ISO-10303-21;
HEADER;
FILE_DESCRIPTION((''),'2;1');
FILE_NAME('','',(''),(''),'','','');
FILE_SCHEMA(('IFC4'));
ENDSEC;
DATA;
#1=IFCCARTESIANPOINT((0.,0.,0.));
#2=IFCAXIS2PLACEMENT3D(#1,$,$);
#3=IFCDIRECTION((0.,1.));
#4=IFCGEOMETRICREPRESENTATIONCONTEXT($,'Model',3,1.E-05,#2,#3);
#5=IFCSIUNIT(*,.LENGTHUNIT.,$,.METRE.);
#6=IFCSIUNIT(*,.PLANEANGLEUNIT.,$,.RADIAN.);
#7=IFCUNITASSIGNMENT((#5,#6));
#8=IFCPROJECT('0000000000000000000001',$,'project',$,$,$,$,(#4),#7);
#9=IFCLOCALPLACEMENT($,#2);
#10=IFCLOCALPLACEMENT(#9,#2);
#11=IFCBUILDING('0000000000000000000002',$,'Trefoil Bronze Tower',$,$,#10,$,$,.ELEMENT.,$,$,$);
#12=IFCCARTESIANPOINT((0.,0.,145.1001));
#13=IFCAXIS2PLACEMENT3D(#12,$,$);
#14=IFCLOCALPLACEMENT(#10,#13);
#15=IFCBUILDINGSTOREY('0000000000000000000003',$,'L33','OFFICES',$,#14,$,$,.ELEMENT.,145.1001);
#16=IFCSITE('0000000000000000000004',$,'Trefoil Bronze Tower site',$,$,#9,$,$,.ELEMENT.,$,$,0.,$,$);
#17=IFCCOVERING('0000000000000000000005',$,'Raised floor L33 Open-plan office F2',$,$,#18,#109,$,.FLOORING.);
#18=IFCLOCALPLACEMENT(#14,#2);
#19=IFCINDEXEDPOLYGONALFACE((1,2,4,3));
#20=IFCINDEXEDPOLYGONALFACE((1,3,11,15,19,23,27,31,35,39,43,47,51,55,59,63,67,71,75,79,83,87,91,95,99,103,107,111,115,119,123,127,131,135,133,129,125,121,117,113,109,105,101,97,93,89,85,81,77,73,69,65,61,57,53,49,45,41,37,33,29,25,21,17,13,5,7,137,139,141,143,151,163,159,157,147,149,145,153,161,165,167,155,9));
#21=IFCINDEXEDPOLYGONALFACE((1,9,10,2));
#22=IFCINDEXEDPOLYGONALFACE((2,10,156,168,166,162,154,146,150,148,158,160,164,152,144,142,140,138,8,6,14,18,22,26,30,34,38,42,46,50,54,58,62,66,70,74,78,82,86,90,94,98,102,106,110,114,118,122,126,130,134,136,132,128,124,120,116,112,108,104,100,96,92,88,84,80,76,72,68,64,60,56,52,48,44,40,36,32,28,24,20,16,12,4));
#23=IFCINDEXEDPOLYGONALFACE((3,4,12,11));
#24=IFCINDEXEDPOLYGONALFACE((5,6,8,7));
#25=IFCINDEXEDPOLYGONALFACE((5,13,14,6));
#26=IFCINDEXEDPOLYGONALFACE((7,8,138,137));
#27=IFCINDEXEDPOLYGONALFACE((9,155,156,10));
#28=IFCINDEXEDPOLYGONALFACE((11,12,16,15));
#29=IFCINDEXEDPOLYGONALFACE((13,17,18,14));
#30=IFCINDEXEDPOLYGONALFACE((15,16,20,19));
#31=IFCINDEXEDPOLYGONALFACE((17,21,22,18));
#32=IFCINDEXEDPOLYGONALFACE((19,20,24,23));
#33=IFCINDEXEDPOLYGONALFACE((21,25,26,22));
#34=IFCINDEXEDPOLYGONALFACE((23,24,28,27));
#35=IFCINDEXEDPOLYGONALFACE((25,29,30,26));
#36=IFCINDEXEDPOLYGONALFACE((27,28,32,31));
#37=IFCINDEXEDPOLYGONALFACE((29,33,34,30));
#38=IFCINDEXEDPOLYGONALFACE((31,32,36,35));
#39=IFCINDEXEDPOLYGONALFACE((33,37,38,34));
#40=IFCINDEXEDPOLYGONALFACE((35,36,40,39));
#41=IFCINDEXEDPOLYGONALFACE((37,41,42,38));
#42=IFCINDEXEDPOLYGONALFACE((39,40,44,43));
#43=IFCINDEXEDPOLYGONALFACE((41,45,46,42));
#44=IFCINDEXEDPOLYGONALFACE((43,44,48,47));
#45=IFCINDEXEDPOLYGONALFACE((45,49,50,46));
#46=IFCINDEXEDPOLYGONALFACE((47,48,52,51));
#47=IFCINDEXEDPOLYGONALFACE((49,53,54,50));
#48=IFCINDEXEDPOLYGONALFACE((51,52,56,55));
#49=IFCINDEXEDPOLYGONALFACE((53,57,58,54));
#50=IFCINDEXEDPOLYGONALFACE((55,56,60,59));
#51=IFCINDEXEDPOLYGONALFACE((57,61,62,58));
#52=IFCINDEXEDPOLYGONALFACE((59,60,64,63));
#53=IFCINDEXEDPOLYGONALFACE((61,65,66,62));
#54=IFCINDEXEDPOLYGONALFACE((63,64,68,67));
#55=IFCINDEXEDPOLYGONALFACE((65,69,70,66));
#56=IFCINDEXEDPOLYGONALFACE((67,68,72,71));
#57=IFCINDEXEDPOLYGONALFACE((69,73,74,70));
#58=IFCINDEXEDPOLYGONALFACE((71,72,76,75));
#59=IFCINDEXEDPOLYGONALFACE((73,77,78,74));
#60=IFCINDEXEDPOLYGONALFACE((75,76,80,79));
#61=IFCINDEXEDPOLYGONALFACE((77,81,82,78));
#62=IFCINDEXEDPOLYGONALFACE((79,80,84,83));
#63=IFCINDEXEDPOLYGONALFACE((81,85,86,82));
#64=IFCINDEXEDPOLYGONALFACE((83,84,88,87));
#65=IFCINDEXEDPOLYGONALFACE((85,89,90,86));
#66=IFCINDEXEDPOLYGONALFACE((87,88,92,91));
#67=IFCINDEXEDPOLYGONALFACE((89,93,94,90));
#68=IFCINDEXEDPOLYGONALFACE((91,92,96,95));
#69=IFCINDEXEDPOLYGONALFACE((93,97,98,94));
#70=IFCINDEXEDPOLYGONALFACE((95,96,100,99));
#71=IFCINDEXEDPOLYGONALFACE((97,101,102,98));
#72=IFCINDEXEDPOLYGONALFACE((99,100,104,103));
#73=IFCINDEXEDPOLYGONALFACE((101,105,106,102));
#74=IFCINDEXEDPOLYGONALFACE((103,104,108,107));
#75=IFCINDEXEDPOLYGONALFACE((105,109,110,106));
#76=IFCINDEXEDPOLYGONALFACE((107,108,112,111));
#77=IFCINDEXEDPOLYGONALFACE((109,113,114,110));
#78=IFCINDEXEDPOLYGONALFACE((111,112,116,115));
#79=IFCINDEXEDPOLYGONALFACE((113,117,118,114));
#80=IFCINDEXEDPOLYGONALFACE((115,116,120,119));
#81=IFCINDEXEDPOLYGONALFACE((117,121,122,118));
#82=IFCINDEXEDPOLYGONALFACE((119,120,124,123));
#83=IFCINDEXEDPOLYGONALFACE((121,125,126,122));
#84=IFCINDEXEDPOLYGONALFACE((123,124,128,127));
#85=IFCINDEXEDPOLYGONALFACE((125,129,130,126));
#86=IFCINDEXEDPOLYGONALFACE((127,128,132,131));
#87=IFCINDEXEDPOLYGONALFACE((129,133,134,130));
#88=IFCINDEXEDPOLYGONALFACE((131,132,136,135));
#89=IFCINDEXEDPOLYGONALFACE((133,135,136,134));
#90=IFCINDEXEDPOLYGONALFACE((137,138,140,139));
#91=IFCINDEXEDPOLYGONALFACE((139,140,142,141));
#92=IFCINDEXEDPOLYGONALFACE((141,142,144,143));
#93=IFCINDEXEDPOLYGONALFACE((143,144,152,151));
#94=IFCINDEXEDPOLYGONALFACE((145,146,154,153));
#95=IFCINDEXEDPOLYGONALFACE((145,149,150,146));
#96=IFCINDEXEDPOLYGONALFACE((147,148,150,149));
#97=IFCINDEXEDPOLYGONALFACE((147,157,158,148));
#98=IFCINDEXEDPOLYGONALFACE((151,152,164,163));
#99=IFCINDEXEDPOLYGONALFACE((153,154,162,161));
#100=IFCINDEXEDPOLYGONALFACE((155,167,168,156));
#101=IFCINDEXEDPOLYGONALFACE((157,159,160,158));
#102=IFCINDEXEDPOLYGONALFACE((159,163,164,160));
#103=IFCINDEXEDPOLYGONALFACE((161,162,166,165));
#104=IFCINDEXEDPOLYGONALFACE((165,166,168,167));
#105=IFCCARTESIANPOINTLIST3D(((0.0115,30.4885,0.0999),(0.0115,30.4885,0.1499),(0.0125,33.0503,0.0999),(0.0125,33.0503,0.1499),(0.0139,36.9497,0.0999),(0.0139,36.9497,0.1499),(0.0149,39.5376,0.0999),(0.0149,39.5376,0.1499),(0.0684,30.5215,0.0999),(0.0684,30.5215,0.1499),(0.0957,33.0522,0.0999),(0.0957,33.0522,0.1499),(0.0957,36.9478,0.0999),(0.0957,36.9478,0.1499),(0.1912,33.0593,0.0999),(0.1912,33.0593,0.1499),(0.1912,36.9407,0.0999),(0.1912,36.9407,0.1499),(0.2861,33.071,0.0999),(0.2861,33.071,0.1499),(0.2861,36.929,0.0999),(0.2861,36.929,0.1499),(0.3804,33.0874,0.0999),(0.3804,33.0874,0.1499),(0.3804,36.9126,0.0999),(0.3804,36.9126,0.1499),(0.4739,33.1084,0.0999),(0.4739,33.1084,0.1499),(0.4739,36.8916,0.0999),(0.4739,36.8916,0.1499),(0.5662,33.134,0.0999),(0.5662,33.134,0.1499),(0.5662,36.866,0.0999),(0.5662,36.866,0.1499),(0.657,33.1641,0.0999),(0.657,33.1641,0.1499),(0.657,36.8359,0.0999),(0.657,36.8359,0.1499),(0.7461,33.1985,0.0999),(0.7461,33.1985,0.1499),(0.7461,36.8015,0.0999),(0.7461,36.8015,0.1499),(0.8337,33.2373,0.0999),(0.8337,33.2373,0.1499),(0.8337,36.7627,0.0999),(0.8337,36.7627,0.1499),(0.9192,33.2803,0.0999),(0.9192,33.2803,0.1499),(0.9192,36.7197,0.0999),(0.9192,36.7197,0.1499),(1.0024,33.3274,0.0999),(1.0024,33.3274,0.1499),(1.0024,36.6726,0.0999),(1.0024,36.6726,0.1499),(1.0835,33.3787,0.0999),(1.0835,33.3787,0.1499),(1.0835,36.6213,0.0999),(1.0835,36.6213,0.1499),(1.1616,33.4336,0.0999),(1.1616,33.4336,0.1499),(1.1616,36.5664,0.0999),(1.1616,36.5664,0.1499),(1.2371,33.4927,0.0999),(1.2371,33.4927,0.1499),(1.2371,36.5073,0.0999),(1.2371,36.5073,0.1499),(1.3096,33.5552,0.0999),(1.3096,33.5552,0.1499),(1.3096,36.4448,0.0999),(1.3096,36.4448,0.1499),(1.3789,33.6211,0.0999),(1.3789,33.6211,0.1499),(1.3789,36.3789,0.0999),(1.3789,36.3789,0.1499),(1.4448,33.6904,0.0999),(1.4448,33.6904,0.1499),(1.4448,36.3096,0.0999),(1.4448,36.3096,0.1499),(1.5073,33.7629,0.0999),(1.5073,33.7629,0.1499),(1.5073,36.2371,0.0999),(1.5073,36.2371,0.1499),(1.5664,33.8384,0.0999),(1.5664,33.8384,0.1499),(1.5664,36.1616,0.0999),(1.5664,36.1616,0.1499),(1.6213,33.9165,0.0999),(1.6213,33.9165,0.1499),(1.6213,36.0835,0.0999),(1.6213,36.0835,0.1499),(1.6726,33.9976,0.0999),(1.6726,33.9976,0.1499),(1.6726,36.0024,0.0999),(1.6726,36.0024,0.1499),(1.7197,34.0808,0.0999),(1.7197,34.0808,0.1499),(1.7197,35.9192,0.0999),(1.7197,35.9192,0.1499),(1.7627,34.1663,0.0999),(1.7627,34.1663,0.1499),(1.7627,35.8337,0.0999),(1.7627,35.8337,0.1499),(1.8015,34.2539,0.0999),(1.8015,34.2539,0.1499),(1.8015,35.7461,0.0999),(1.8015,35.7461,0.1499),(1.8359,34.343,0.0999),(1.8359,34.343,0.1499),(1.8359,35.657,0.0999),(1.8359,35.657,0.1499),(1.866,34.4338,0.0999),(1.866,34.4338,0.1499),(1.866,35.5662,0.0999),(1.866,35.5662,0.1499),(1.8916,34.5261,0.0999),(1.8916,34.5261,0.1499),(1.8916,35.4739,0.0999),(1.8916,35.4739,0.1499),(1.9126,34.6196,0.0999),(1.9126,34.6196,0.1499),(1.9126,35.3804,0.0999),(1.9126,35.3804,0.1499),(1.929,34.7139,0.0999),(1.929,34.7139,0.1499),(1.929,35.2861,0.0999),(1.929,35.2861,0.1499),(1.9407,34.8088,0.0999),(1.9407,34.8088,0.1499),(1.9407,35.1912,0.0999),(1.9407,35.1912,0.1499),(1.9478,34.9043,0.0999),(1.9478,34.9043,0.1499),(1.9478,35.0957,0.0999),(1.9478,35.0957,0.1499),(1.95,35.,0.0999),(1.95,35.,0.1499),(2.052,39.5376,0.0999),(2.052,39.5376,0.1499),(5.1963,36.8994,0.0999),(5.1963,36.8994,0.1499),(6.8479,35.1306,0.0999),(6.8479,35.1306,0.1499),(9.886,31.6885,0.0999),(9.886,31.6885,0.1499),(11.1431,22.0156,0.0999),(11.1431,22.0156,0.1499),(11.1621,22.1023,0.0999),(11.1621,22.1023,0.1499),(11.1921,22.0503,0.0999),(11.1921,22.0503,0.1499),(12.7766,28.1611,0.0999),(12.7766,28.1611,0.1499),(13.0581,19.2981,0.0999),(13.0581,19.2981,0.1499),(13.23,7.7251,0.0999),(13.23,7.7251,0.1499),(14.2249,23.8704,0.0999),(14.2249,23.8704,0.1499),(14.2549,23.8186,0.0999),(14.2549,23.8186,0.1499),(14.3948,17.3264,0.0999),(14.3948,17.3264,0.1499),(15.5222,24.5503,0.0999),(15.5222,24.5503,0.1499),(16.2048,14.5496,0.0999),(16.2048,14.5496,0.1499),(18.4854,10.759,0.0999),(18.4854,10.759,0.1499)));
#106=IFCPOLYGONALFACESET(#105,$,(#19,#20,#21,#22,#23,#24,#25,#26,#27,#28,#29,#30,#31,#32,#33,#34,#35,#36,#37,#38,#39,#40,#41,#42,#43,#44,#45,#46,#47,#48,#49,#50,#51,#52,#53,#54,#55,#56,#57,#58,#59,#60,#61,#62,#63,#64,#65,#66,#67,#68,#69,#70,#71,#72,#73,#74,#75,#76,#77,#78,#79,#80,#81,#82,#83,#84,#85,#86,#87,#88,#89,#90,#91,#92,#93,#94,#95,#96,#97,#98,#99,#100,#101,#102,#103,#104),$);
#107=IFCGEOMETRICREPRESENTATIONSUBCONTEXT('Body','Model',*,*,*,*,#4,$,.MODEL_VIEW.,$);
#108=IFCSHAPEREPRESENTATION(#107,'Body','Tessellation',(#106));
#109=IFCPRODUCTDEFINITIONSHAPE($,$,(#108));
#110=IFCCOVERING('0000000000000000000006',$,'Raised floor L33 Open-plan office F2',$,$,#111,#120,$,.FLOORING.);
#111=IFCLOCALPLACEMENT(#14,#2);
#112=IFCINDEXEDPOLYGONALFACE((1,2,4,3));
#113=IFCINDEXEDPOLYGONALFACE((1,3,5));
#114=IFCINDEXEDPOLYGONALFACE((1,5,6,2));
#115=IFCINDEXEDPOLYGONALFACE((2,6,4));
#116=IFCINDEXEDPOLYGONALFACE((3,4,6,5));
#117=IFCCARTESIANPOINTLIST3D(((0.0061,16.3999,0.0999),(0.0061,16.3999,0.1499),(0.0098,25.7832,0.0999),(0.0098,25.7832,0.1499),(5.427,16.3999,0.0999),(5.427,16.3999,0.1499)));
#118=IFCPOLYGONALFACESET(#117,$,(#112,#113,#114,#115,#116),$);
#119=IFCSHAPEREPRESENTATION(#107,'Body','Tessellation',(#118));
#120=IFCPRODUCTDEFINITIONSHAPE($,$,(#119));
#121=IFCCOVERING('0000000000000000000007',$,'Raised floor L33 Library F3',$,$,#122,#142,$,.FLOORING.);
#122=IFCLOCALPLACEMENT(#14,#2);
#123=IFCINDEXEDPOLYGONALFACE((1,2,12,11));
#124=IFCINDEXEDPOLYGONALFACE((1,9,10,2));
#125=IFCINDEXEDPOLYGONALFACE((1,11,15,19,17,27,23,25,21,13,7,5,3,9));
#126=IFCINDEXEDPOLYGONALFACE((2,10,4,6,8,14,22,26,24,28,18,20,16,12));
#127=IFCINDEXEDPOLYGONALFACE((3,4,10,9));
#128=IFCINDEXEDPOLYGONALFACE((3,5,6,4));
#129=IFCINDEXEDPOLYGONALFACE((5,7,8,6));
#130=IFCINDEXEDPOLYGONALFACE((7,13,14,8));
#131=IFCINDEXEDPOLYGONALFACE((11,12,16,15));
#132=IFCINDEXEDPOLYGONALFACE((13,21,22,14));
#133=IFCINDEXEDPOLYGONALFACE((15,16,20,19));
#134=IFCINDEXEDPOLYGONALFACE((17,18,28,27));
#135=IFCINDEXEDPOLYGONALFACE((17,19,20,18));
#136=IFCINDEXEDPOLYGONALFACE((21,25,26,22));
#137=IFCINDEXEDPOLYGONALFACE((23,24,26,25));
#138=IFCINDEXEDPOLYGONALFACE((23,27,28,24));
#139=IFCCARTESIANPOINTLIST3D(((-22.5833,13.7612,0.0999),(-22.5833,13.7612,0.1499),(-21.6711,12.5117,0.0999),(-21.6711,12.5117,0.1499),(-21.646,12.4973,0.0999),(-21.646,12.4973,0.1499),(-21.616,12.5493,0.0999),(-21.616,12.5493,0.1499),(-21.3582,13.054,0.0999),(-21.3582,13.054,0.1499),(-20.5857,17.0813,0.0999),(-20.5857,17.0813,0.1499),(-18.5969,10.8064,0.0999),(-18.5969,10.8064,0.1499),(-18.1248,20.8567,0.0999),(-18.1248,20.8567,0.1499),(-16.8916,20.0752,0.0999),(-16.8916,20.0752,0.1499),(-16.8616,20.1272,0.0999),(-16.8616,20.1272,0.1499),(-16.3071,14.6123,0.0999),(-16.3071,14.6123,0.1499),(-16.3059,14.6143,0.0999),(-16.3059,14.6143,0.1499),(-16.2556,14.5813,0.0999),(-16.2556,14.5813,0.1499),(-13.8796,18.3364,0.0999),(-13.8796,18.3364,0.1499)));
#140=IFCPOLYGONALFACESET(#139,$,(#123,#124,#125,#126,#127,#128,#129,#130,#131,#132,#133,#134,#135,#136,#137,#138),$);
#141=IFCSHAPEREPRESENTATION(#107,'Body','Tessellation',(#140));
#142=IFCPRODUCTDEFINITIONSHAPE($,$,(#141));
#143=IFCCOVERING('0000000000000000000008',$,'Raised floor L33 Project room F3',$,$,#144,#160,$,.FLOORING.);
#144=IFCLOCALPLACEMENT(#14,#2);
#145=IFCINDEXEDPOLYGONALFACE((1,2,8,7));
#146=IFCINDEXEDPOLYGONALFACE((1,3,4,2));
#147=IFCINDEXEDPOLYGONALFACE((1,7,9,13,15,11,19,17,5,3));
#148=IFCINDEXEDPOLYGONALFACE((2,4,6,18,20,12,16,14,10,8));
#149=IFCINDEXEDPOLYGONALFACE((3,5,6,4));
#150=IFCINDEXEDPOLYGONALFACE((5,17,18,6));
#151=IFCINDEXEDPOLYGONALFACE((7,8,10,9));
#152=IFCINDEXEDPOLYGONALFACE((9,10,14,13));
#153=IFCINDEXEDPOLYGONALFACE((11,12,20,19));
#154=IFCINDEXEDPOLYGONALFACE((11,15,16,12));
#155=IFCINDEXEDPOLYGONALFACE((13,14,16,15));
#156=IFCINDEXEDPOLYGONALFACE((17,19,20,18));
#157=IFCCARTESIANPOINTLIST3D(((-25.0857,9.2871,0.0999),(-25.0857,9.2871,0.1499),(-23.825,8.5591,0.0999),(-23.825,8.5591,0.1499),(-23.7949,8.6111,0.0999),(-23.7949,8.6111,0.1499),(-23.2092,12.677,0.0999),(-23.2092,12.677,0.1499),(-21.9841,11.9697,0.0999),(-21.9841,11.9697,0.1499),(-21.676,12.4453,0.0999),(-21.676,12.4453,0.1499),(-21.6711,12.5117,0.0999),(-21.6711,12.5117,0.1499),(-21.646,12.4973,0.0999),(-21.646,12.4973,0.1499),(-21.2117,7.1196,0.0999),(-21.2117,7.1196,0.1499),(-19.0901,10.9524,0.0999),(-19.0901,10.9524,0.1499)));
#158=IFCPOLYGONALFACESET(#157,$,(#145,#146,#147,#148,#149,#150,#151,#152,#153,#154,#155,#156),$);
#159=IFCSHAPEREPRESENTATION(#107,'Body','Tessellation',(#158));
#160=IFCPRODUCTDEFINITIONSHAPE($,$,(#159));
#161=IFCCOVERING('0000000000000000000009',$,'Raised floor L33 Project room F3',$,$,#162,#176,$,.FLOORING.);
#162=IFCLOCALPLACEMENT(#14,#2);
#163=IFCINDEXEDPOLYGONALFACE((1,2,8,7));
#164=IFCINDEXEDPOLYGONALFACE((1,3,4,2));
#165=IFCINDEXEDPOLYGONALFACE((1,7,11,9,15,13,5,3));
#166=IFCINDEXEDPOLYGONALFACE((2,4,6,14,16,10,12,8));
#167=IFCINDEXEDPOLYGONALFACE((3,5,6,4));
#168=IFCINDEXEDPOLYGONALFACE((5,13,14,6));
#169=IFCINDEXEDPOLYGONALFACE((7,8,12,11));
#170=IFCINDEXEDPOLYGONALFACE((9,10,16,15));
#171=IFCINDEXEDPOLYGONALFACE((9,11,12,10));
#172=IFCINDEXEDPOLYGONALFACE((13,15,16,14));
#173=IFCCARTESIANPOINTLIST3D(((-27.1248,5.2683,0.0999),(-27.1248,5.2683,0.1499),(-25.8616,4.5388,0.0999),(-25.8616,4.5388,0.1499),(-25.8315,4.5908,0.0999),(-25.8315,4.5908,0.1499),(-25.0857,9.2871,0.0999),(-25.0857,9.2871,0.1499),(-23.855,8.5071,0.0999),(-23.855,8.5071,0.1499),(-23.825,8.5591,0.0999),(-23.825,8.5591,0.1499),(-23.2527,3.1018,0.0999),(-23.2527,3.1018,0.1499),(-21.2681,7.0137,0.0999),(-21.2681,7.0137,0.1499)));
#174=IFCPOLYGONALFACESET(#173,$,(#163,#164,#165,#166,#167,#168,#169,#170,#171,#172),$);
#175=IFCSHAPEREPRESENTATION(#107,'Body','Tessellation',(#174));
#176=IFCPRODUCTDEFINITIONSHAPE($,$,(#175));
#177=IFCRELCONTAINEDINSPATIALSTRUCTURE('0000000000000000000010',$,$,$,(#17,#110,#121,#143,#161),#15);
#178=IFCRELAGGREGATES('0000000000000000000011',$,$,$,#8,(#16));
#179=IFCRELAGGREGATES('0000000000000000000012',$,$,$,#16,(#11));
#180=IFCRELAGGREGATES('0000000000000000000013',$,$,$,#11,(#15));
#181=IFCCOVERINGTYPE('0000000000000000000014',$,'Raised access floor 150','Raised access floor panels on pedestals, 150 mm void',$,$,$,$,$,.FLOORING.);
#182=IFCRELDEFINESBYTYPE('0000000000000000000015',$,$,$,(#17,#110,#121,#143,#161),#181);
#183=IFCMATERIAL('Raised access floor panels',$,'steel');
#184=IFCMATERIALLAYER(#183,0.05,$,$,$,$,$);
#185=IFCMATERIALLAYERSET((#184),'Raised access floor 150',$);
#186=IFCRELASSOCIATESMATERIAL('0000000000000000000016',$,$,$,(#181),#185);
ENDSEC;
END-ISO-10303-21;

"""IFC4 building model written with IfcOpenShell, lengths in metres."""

from ifc_helpers import new_model, si_unit, direction, frame, origin, place, context, subcontext, project, spatial, polyline, outline, extrude, material, layer, layer_set, type_object, element, save


model = new_model("IFC4")

# Units and contexts
model_context = context("Model", 3, precision=1e-05, world=origin(), true_north=direction((0.0, 1.0)))
body_context = subcontext(model_context, "Body", "Model", "MODEL_VIEW")
ifc_project = project(units=[si_unit("LENGTHUNIT", "METRE"), si_unit("PLANEANGLEUNIT", "RADIAN")], contexts=[model_context])

# Site, building, storey
site_placement = place(None, origin())
site = spatial("IfcSite", under=ifc_project, at=site_placement, Name="Trefoil Bronze Tower site", CompositionType="ELEMENT", RefElevation=0.0)
building_placement = place(site_placement, origin())
building = spatial("IfcBuilding", under=site, at=building_placement, Name="Trefoil Bronze Tower", CompositionType="ELEMENT")
storey_placement = place(building_placement, frame((0.0, 0.0, 145.1001)))
storey = spatial("IfcBuildingStorey", under=building, at=storey_placement, Name="L33", Description="OFFICES", CompositionType="ELEMENT", Elevation=145.1001)

# Coverings
ifc_material_1 = material(Name="Raised access floor panels", Category="steel")
ifc_layer_1 = layer(ifc_material_1, 0.05)
ifc_layer_set_1 = layer_set([ifc_layer_1], Name="Raised access floor 150")
covering_type_1 = type_object("IfcCoveringType", Name="Raised access floor 150", Description="Raised access floor panels on pedestals, 150 mm void", PredefinedType="FLOORING", material=ifc_layer_set_1)
covering_1_placement = place(storey_placement, frame((0.0, 0.0, 0.0999)))
element("IfcCovering", 1, at=covering_1_placement, inside=storey, type_object=covering_type_1, Name="Raised floor L33 Open-plan office F2", PredefinedType="FLOORING", context=body_context, shape_type="SweptSolid", body=[
    extrude(outline(polyline([(5.1963, 36.8994), (6.8479, 35.1306), (9.886, 31.6885), (12.7766, 28.1611), (15.5222, 24.5503), (14.2549, 23.8186), (14.2249, 23.8704), (11.1621, 22.1023), (11.1921, 22.0503), (11.1431, 22.0156), (13.0581, 19.2981), (14.3948, 17.3264), (16.2048, 14.5496), (18.4854, 10.759), (13.23, 7.7251), (0.0684, 30.5215), (0.0115, 30.4885), (0.0125, 33.0503), (0.0957, 33.0522), (0.1912, 33.0593), (0.2861, 33.071), (0.3804, 33.0874), (0.4739, 33.1084), (0.5662, 33.134), (0.657, 33.1641), (0.7461, 33.1985), (0.8337, 33.2373), (0.9192, 33.2803), (1.0024, 33.3274), (1.0835, 33.3787), (1.1616, 33.4336), (1.2371, 33.4927), (1.3096, 33.5552), (1.3789, 33.6211), (1.4448, 33.6904), (1.5073, 33.7629), (1.5664, 33.8384), (1.6213, 33.9165), (1.6726, 33.9976), (1.7197, 34.0808), (1.7627, 34.1663), (1.8015, 34.2539), (1.8359, 34.343), (1.866, 34.4338), (1.8916, 34.5261), (1.9126, 34.6196), (1.929, 34.7139), (1.9407, 34.8088), (1.9478, 34.9043), (1.95, 35.0), (1.9478, 35.0957), (1.9407, 35.1912), (1.929, 35.2861), (1.9126, 35.3804), (1.8916, 35.4739), (1.866, 35.5662), (1.8359, 35.657), (1.8015, 35.7461), (1.7627, 35.8337), (1.7197, 35.9192), (1.6726, 36.0024), (1.6213, 36.0835), (1.5664, 36.1616), (1.5073, 36.2371), (1.4448, 36.3096), (1.3789, 36.3789), (1.3096, 36.4448), (1.2371, 36.5073), (1.1616, 36.5664), (1.0835, 36.6213), (1.0024, 36.6726), (0.9192, 36.7197), (0.8337, 36.7627), (0.7461, 36.8015), (0.657, 36.8359), (0.5662, 36.866), (0.4739, 36.8916), (0.3804, 36.9126), (0.2861, 36.929), (0.1912, 36.9407), (0.0957, 36.9478), (0.0139, 36.9497), (0.0149, 39.5376), (2.052, 39.5376), (5.1963, 36.8994)])), origin(), (0.0, 0.0, 1.0), 0.05),
])
covering_2_placement = place(storey_placement, frame((0.0, 0.0, 0.0999)))
element("IfcCovering", 2, at=covering_2_placement, inside=storey, type_object=covering_type_1, Name="Raised floor L33 Open-plan office F2", PredefinedType="FLOORING", context=body_context, shape_type="SweptSolid", body=[
    extrude(outline(polyline([(0.0061, 16.3999), (0.0098, 25.7832), (5.427, 16.3999), (0.0061, 16.3999)])), origin(), (0.0, 0.0, 1.0), 0.05),
])
covering_3_placement = place(storey_placement, frame((0.0, 0.0, 0.0999)))
element("IfcCovering", 3, at=covering_3_placement, inside=storey, type_object=covering_type_1, Name="Raised floor L33 Library F3", PredefinedType="FLOORING", context=body_context, shape_type="SweptSolid", body=[
    extrude(outline(polyline([(-22.5833, 13.7612), (-20.5857, 17.0813), (-18.1248, 20.8567), (-16.8616, 20.1272), (-16.8916, 20.0752), (-13.8796, 18.3364), (-16.3059, 14.6143), (-16.2556, 14.5813), (-16.3071, 14.6123), (-18.5969, 10.8064), (-21.616, 12.5493), (-21.646, 12.4973), (-21.6711, 12.5117), (-21.3582, 13.054), (-22.5833, 13.7612)])), origin(), (0.0, 0.0, 1.0), 0.05),
])
covering_4_placement = place(storey_placement, frame((0.0, 0.0, 0.0999)))
element("IfcCovering", 4, at=covering_4_placement, inside=storey, type_object=covering_type_1, Name="Raised floor L33 Project room F3", PredefinedType="FLOORING", context=body_context, shape_type="SweptSolid", body=[
    extrude(outline(polyline([(-21.646, 12.4973), (-21.676, 12.4453), (-19.0901, 10.9524), (-21.2117, 7.1196), (-23.7949, 8.6111), (-23.825, 8.5591), (-25.0857, 9.2871), (-23.2092, 12.677), (-21.9841, 11.9697), (-21.6711, 12.5117), (-21.646, 12.4973)])), origin(), (0.0, 0.0, 1.0), 0.05),
])
covering_5_placement = place(storey_placement, frame((0.0, 0.0, 0.0999)))
element("IfcCovering", 5, at=covering_5_placement, inside=storey, type_object=covering_type_1, Name="Raised floor L33 Project room F3", PredefinedType="FLOORING", context=body_context, shape_type="SweptSolid", body=[
    extrude(outline(polyline([(-23.825, 8.5591), (-23.855, 8.5071), (-21.2681, 7.0137), (-23.2527, 3.1018), (-25.8315, 4.5908), (-25.8616, 4.5388), (-27.1248, 5.2683), (-25.0857, 9.2871), (-23.825, 8.5591)])), origin(), (0.0, 0.0, 1.0), 0.05),
])

save(model, "model.ifc")
